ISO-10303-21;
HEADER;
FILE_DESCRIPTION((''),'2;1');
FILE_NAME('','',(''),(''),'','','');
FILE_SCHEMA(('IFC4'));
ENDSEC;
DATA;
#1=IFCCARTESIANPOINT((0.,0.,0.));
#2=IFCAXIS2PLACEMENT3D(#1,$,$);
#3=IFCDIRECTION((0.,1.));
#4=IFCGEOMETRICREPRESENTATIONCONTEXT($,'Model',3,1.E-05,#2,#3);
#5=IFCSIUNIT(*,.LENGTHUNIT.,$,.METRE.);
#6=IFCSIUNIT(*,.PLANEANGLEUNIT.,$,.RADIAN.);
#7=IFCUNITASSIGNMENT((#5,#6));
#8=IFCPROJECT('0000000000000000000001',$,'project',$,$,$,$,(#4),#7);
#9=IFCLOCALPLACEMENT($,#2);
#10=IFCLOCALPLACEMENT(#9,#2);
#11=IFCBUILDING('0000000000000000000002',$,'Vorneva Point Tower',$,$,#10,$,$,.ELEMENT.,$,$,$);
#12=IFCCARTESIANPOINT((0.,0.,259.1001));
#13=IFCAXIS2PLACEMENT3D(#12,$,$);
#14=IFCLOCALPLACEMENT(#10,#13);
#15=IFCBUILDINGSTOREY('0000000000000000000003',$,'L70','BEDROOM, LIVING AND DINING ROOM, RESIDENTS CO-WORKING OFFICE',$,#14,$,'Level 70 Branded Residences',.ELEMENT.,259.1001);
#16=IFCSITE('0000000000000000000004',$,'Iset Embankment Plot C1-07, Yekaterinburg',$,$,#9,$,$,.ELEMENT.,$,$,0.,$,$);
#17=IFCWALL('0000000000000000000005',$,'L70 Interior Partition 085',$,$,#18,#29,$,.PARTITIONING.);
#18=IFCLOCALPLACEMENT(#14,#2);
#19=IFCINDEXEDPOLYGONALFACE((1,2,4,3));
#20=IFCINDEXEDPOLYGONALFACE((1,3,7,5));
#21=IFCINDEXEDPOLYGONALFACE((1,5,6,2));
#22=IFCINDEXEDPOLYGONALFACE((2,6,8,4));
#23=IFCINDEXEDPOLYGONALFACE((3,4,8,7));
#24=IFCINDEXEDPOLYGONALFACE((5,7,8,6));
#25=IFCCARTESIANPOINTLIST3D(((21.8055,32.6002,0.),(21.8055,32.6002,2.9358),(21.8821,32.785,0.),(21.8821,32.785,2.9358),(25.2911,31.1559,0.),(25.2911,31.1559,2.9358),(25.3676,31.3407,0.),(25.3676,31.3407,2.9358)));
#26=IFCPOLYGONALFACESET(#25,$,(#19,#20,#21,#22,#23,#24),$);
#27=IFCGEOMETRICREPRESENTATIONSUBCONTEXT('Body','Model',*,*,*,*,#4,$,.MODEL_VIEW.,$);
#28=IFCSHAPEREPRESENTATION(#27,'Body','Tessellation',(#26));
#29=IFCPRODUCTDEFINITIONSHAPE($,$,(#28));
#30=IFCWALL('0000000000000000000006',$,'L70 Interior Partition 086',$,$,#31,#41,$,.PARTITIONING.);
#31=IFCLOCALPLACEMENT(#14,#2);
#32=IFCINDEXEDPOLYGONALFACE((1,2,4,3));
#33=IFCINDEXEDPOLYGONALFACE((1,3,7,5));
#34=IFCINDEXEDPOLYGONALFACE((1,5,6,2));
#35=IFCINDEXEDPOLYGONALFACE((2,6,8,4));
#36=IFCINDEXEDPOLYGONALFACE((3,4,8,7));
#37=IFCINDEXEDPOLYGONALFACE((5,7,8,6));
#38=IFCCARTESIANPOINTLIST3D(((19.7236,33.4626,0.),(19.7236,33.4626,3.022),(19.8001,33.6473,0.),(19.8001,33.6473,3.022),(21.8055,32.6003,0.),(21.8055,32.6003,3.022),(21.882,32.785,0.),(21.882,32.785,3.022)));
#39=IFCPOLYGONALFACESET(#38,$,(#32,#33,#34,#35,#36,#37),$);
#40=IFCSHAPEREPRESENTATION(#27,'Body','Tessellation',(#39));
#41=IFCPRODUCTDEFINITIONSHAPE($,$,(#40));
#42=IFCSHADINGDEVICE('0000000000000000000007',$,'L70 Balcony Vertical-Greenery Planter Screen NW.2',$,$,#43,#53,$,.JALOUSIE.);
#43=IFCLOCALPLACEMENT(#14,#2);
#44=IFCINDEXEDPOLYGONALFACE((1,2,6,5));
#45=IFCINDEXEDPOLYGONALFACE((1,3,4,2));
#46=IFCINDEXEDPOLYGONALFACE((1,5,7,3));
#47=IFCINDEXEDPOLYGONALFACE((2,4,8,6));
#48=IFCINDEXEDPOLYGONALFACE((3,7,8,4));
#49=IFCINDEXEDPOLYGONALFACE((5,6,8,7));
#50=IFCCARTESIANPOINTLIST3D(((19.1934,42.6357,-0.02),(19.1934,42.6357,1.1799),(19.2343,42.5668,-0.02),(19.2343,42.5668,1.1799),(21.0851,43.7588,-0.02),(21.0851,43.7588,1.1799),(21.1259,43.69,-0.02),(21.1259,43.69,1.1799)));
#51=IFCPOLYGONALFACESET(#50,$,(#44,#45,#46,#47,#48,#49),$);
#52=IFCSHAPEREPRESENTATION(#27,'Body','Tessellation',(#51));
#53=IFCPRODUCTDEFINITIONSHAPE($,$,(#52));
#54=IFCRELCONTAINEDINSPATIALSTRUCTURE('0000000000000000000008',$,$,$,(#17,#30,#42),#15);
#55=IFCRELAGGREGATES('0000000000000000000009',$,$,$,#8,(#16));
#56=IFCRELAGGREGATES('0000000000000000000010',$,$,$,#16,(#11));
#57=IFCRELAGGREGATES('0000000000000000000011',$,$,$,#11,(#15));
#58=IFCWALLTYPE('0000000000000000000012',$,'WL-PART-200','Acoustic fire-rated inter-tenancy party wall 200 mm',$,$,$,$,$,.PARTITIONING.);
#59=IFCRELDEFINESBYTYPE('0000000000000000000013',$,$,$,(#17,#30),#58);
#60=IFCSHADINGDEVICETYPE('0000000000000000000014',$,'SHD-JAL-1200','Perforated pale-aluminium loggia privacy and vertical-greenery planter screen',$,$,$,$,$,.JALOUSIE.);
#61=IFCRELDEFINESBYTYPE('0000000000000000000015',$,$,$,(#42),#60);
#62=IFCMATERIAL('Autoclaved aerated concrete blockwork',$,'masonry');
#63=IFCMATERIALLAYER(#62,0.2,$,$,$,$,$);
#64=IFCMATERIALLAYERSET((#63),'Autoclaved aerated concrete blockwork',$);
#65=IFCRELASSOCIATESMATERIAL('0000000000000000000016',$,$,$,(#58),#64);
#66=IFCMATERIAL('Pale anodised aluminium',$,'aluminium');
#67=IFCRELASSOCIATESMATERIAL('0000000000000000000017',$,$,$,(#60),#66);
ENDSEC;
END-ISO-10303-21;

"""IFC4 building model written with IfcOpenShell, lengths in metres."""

from ifc_helpers import new_model, si_unit, direction, frame, frame_2d, origin, origin_2d, place, context, subcontext, project, spatial, rectangle, extrude, material, layer, layer_set, type_object, element, save


model = new_model("IFC4")

# Units and contexts
model_context = context("Model", 3, precision=1e-05, world=origin(), true_north=direction((0.0, 1.0)))
body_context = subcontext(model_context, "Body", "Model", "MODEL_VIEW")
ifc_project = project(units=[si_unit("LENGTHUNIT", "METRE"), si_unit("PLANEANGLEUNIT", "RADIAN")], contexts=[model_context])

# Site, building, storey
site_placement = place(None, origin())
site = spatial("IfcSite", under=ifc_project, at=site_placement, Name="Iset Embankment Plot C1-07, Yekaterinburg", CompositionType="ELEMENT", RefElevation=0.0)
building_placement = place(site_placement, origin())
building = spatial("IfcBuilding", under=site, at=building_placement, Name="Vorneva Point Tower", CompositionType="ELEMENT")
storey_placement = place(building_placement, frame((0.0, 0.0, 259.1001)))
storey = spatial("IfcBuildingStorey", under=building, at=storey_placement, Name="L70", Description="BEDROOM, LIVING AND DINING ROOM, RESIDENTS CO-WORKING OFFICE", LongName="Level 70 Branded Residences", CompositionType="ELEMENT", Elevation=259.1001)

# Shared definitions
ifc_material_1 = material(Name="Pale anodised aluminium", Category="aluminium")

# Shared definitions
ifc_material_2 = material(Name="Autoclaved aerated concrete blockwork", Category="masonry")

# Walls
ifc_layer_1 = layer(ifc_material_2, 0.2)
ifc_layer_set_1 = layer_set([ifc_layer_1], Name="Autoclaved aerated concrete blockwork")
wall_type_1 = type_object("IfcWallType", Name="WL-PART-200", Description="Acoustic fire-rated inter-tenancy party wall 200 mm", PredefinedType="PARTITIONING", material=ifc_layer_set_1)
wall_1_placement = place(storey_placement, frame((25.3293, 31.2483, 0.0), z_axis=(0.0, 0.0, 1.0), x_axis=(-0.923828, 0.382809, 0.0)))
element("IfcWall", 1, at=wall_1_placement, inside=storey, type_object=wall_type_1, Name="L70 Interior Partition 085", PredefinedType="PARTITIONING", context=body_context, shape_type="SweptSolid", body=[
    extrude(rectangle(XDim=3.7729, YDim=0.2, at=frame_2d((1.8865, 0.0))), origin(), (0.0, 0.0, 1.0), 2.9358),
])
wall_2_placement = place(storey_placement, frame((21.8438, 32.6926, 0.0), z_axis=(0.0, 0.0, 1.0), x_axis=(-0.923879, 0.382684, 0.0)))
element("IfcWall", 2, at=wall_2_placement, inside=storey, type_object=wall_type_1, Name="L70 Interior Partition 086", PredefinedType="PARTITIONING", context=body_context, shape_type="SweptSolid", body=[
    extrude(rectangle(XDim=2.2534, YDim=0.2, at=frame_2d((1.1267, 0.0))), origin(), (0.0, 0.0, 1.0), 3.022),
])

# Shading device
shading_device_type = type_object("IfcShadingDeviceType", Name="SHD-JAL-1200", Description="Perforated pale-aluminium loggia privacy and vertical-greenery planter screen", PredefinedType="JALOUSIE", material=ifc_material_1)
shading_device_placement = place(storey_placement, frame((20.1597, 43.1628, -0.02), z_axis=(0.0, 0.0, 1.0), x_axis=(-0.859861, -0.510528, 0.0)))
element("IfcShadingDevice", 3, at=shading_device_placement, inside=storey, type_object=shading_device_type, Name="L70 Balcony Vertical-Greenery Planter Screen NW.2", PredefinedType="JALOUSIE", context=body_context, shape_type="SweptSolid", body=[
    extrude(rectangle(XDim=2.2, YDim=0.0801, at=origin_2d()), origin(), (0.0, 0.0, 1.0), 1.2),
])

save(model, "model.ifc")
